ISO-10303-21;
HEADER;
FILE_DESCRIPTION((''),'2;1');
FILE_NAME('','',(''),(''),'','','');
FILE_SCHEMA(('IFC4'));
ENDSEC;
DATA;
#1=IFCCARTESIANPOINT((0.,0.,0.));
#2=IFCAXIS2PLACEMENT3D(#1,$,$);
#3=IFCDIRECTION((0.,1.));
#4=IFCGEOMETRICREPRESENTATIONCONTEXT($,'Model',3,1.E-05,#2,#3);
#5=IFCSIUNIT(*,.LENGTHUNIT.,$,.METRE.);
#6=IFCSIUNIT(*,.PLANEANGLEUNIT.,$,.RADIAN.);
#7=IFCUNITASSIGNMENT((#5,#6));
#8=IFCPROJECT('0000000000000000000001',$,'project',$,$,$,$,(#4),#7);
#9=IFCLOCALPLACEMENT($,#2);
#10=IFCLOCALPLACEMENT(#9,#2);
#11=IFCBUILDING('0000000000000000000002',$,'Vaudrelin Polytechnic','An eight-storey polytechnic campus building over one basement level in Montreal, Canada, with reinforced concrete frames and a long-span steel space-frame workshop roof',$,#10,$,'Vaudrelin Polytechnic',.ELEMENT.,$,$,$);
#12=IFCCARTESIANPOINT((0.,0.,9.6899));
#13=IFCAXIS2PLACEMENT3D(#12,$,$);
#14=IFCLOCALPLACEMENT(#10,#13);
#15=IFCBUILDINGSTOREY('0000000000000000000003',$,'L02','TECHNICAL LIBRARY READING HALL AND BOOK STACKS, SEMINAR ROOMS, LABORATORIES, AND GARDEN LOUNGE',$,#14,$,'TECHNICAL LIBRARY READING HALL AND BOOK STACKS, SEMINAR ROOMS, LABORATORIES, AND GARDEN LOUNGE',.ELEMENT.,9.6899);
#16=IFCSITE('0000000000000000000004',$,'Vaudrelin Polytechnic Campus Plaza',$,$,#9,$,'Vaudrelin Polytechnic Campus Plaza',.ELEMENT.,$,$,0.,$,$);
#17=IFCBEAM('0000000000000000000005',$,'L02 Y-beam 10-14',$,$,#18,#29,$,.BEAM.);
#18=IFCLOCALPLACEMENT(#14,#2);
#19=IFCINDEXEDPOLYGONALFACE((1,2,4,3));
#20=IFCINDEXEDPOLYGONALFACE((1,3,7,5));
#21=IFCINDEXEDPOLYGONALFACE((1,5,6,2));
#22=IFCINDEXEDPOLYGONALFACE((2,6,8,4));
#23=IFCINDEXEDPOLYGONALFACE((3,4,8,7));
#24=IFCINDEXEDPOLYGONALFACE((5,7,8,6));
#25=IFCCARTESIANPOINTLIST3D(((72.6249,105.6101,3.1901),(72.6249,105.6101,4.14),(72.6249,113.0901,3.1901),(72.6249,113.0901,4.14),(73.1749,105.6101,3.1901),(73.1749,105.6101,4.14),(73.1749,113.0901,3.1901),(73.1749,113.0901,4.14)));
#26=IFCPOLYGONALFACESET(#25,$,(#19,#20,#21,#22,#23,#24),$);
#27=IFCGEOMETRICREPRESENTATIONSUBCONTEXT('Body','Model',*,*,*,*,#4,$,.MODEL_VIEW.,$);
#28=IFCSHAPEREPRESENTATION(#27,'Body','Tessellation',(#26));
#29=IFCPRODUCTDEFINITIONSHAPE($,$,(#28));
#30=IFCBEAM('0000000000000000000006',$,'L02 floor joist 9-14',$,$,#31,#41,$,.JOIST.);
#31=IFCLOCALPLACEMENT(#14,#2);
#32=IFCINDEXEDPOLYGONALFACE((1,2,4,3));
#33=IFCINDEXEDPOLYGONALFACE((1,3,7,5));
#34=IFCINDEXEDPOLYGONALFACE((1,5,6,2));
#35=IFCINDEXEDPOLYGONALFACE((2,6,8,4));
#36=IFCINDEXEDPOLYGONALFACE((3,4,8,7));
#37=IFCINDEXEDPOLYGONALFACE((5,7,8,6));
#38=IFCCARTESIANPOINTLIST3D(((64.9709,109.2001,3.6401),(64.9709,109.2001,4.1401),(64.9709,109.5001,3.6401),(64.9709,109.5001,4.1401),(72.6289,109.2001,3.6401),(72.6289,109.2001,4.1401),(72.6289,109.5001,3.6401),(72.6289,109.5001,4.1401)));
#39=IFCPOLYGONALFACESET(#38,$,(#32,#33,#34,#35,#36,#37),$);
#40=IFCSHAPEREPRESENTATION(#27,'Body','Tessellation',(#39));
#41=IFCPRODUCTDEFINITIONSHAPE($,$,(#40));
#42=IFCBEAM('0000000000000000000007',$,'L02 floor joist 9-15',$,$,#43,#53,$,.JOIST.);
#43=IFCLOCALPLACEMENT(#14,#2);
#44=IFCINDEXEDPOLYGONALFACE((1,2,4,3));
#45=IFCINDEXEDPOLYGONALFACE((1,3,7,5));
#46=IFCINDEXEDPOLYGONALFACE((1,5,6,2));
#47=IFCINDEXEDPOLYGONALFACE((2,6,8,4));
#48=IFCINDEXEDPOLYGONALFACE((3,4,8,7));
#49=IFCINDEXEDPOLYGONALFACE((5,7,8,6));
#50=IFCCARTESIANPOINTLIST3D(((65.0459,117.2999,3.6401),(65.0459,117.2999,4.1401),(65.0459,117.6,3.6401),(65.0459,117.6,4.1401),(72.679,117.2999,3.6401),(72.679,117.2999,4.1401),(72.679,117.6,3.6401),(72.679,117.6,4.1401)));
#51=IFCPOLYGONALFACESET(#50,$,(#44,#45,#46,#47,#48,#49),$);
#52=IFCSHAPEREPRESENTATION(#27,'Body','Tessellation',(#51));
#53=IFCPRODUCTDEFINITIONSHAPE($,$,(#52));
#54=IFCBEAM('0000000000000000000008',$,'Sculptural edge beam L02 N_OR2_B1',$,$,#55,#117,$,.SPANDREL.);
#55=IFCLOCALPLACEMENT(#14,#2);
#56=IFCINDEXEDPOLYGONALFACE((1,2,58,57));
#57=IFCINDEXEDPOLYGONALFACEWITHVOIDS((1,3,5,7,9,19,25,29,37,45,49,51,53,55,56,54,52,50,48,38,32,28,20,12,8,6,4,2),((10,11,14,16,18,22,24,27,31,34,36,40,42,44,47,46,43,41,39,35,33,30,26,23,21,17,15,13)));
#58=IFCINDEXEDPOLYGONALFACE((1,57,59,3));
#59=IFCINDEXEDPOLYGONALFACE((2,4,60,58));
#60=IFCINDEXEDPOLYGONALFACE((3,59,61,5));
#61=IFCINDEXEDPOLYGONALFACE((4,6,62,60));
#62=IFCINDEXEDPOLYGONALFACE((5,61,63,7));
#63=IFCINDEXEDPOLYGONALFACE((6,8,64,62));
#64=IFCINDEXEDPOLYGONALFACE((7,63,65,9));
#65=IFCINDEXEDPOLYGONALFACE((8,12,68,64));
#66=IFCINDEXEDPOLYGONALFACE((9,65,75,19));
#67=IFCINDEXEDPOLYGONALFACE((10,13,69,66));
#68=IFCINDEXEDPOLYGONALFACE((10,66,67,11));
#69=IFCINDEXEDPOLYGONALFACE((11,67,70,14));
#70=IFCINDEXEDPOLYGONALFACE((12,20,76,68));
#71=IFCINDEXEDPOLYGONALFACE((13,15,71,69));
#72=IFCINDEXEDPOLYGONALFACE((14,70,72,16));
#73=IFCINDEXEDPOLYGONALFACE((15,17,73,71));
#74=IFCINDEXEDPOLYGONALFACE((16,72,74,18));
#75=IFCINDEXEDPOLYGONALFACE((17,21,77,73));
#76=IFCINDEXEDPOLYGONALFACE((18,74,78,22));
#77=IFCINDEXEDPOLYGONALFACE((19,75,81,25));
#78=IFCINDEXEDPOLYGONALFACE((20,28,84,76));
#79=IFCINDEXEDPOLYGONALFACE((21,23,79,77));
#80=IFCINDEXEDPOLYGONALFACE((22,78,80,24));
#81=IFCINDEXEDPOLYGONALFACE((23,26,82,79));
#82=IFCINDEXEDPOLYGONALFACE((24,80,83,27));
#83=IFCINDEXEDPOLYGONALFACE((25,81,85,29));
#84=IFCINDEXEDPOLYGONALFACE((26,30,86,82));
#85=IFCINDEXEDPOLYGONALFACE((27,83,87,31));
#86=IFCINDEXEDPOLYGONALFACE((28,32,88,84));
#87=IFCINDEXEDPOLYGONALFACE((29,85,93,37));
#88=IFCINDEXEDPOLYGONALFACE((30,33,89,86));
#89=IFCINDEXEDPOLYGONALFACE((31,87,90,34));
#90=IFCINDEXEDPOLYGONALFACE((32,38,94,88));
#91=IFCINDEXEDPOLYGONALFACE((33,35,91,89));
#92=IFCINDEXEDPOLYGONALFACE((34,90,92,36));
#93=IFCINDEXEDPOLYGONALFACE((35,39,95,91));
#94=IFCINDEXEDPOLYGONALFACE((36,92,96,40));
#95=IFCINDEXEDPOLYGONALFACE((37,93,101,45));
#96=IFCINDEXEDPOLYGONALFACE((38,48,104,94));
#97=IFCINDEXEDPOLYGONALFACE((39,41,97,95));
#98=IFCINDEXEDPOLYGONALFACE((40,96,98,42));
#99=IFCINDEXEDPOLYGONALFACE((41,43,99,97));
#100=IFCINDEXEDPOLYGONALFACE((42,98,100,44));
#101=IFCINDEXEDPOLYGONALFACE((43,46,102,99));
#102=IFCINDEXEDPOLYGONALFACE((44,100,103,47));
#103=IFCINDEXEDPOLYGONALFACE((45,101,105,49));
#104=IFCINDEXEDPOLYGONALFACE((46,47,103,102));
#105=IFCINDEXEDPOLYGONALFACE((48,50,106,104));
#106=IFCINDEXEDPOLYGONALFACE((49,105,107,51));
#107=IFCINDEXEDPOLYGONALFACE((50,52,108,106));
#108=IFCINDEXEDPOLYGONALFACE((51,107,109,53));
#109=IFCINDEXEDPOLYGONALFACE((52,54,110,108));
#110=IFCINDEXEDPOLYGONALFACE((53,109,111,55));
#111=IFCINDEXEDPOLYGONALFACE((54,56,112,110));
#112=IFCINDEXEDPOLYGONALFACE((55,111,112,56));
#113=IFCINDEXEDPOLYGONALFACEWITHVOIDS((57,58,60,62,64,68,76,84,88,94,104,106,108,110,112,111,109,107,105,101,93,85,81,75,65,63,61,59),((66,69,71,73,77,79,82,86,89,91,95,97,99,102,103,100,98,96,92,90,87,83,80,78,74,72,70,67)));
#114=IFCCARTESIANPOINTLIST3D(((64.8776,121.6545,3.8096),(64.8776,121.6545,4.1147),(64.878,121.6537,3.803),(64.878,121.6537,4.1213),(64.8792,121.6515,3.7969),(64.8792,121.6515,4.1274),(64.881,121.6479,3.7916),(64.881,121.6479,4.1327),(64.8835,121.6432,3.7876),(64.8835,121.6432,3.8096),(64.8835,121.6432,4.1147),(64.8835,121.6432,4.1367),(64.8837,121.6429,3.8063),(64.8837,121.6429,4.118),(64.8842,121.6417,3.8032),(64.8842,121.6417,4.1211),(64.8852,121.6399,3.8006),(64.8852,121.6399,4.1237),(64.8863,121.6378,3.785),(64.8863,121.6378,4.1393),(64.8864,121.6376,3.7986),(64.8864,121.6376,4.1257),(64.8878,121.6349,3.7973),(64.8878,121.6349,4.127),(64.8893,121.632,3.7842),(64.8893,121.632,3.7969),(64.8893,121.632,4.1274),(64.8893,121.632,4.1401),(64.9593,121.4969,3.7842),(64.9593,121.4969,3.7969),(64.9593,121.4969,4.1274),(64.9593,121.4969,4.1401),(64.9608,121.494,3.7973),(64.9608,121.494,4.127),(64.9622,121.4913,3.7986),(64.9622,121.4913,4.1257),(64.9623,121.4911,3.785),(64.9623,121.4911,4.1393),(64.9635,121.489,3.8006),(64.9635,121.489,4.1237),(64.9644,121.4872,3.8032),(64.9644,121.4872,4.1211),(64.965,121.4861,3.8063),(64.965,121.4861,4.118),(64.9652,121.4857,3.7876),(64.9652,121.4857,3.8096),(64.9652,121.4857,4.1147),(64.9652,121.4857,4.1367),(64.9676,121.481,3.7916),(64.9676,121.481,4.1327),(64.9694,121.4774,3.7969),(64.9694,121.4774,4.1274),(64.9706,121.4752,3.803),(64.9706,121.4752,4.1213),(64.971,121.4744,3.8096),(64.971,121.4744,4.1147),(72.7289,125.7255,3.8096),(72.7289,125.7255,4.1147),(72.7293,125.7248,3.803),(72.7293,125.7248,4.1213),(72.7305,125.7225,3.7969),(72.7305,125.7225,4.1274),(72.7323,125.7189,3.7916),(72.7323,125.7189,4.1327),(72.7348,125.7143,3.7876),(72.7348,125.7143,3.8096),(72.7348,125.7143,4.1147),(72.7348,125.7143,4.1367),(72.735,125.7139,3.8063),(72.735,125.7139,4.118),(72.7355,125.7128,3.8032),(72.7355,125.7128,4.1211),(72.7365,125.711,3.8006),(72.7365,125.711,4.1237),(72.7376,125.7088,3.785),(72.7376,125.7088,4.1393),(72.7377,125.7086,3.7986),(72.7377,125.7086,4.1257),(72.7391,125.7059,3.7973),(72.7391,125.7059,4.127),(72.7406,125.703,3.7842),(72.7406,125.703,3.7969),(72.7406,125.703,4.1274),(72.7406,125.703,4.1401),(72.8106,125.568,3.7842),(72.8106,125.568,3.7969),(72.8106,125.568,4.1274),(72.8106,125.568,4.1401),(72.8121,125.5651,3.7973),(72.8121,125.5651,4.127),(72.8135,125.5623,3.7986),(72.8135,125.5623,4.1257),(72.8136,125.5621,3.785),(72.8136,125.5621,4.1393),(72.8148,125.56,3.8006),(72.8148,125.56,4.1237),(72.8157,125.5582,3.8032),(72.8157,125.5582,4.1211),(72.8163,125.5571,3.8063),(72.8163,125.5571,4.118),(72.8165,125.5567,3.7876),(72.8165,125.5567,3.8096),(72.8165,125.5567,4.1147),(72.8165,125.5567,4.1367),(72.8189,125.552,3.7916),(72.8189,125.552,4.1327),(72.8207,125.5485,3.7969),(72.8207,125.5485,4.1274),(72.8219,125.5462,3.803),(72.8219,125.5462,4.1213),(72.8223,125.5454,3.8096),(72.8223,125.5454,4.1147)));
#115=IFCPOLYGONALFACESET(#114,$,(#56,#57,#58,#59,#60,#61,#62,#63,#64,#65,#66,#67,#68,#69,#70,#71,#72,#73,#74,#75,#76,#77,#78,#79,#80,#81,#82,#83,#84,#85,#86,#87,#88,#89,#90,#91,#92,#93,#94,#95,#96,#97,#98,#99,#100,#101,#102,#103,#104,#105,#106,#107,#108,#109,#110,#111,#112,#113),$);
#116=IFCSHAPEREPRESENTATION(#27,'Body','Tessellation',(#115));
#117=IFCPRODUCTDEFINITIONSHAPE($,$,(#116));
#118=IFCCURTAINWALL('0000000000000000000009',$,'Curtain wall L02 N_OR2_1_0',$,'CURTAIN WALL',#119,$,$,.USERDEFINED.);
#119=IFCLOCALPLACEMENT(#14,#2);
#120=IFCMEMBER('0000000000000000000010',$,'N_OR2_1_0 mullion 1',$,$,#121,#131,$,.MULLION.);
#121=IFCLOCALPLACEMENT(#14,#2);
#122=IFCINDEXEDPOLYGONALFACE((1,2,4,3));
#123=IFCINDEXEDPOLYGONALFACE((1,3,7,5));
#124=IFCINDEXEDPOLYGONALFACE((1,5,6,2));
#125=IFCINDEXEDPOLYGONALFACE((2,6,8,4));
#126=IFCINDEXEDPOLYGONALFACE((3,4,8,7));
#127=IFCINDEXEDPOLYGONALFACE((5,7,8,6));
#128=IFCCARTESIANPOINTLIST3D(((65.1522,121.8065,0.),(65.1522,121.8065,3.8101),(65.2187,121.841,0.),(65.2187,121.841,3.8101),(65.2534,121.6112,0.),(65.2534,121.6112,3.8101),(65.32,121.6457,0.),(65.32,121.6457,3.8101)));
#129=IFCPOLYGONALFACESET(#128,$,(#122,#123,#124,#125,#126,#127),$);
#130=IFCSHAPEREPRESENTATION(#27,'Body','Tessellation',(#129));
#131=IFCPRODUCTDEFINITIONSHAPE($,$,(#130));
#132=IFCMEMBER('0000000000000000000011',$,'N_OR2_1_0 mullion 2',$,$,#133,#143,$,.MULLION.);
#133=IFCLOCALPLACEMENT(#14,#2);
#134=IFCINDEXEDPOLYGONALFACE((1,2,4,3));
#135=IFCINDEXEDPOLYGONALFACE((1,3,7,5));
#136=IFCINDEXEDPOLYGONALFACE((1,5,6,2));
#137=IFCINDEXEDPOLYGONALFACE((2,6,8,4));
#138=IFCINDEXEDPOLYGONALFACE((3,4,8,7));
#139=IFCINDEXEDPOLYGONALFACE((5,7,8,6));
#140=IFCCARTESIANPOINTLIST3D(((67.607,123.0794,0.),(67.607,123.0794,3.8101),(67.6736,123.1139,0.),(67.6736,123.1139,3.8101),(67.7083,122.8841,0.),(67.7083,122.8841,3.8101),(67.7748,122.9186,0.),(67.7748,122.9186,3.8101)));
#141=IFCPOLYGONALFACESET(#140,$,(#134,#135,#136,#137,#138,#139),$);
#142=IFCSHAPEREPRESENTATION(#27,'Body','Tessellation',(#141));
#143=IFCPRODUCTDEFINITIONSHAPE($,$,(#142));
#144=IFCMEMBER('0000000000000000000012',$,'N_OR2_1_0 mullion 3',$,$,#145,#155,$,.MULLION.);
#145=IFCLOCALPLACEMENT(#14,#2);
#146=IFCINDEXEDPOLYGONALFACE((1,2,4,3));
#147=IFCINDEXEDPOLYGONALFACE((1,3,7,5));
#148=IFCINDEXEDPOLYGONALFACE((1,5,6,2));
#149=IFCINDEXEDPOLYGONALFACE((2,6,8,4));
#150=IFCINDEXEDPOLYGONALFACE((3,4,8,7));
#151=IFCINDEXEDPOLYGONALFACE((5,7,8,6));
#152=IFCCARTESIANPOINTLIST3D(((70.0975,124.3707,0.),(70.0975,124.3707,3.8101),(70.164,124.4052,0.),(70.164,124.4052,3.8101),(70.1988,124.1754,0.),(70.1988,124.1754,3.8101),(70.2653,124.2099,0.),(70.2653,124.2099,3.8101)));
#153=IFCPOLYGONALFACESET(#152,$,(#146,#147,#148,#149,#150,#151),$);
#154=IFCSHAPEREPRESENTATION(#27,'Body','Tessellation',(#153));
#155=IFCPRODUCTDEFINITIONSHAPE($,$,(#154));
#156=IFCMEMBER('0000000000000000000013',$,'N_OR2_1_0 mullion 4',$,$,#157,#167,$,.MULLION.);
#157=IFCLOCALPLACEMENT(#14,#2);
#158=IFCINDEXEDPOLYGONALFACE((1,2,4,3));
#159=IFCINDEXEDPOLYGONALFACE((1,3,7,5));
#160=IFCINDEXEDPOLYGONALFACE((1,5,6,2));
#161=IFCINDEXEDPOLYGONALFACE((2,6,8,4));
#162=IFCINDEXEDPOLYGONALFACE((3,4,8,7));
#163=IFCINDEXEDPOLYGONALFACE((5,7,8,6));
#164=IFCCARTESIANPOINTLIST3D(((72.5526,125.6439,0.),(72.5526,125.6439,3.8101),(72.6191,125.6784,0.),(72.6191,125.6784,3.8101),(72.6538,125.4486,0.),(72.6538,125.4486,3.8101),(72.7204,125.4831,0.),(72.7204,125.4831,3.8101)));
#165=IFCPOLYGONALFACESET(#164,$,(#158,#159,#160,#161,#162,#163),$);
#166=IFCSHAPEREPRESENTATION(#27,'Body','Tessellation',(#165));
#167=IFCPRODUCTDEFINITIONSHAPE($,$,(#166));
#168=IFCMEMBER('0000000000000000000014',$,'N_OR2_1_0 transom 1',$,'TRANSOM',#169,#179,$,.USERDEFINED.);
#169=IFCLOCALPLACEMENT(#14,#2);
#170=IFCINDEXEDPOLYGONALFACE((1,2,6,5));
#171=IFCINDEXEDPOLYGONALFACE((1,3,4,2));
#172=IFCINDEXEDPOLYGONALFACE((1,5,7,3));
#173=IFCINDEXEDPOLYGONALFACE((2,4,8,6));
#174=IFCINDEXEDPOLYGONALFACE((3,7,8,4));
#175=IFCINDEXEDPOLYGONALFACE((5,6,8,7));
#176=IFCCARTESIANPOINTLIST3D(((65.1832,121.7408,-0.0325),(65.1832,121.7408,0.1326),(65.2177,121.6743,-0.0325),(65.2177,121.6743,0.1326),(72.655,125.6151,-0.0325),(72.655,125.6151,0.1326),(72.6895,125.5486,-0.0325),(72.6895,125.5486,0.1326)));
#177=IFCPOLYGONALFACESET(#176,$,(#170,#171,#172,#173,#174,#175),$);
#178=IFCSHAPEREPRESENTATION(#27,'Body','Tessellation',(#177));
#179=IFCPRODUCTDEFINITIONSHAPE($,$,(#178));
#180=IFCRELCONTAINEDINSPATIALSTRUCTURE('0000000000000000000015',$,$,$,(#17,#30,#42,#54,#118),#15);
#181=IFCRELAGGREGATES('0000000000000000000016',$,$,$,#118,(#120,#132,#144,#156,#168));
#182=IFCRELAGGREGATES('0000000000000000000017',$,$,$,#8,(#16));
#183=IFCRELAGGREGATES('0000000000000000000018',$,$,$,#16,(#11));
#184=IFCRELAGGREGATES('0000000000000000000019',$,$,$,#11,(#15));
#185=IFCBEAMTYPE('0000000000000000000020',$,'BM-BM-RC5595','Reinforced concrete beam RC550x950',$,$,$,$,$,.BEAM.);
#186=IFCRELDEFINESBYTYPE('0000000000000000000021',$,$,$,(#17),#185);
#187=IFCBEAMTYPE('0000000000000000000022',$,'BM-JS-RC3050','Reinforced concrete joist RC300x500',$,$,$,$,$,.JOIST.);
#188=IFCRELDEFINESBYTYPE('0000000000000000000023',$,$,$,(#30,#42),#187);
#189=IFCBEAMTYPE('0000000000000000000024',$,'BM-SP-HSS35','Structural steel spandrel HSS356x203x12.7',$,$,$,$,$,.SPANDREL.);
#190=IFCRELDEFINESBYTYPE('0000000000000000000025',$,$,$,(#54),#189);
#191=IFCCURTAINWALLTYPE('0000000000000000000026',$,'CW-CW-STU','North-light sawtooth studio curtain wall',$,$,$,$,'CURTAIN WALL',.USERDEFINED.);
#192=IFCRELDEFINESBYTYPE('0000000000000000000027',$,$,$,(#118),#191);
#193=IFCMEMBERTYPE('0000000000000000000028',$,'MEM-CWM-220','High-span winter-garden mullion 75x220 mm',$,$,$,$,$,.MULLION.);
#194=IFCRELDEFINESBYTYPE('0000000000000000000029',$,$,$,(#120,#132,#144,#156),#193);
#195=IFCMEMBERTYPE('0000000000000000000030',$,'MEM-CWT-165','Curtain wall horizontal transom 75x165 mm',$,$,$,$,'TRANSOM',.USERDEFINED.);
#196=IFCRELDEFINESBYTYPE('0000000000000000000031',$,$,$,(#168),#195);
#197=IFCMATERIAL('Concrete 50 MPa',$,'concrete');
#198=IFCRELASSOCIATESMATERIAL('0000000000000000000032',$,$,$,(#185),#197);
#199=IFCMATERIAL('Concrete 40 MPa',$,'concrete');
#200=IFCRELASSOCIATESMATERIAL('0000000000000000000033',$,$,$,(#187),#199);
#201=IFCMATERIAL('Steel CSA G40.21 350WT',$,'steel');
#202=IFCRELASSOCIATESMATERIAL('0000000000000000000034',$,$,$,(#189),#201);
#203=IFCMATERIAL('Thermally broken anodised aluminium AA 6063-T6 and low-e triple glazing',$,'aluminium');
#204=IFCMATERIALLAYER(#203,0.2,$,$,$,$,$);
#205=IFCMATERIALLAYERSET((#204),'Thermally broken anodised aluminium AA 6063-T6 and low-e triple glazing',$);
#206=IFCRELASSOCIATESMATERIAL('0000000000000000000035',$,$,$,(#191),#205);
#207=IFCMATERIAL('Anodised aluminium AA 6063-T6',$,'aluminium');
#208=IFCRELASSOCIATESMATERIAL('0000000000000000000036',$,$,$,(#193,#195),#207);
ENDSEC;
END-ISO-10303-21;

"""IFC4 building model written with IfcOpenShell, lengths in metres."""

from ifc_helpers import new_model, si_unit, direction, frame, origin, origin_2d, place, context, subcontext, project, spatial, rectangle, hollow_rectangle, extrude, material, layer, layer_set, material_profile, profile_set, type_object, element, aggregate, save


model = new_model("IFC4")

# Units and contexts
model_context = context("Model", 3, precision=1e-05, world=origin(), true_north=direction((0.0, 1.0)))
body_context = subcontext(model_context, "Body", "Model", "MODEL_VIEW")
ifc_project = project(units=[si_unit("LENGTHUNIT", "METRE"), si_unit("PLANEANGLEUNIT", "RADIAN")], contexts=[model_context])

# Site, building, storey
site_placement = place(None, origin())
site = spatial("IfcSite", under=ifc_project, at=site_placement, Name="Vaudrelin Polytechnic Campus Plaza", LongName="Vaudrelin Polytechnic Campus Plaza", CompositionType="ELEMENT", RefElevation=0.0)
building_placement = place(site_placement, origin())
building = spatial("IfcBuilding", under=site, at=building_placement, Name="Vaudrelin Polytechnic", Description="An eight-storey polytechnic campus building over one basement level in Montreal, Canada, with reinforced concrete frames and a long-span steel space-frame workshop roof", LongName="Vaudrelin Polytechnic", CompositionType="ELEMENT")
storey_placement = place(building_placement, frame((0.0, 0.0, 9.6899)))
storey = spatial("IfcBuildingStorey", under=building, at=storey_placement, Name="L02", Description="TECHNICAL LIBRARY READING HALL AND BOOK STACKS, SEMINAR ROOMS, LABORATORIES, AND GARDEN LOUNGE", LongName="TECHNICAL LIBRARY READING HALL AND BOOK STACKS, SEMINAR ROOMS, LABORATORIES, AND GARDEN LOUNGE", CompositionType="ELEMENT", Elevation=9.6899)

# Shared definitions
ifc_material_1 = material(Name="Steel CSA G40.21 350WT", Category="steel")
ifc_material_2 = material(Name="Concrete 40 MPa", Category="concrete")

# Beams
ifc_material_3 = material(Name="Concrete 50 MPa", Category="concrete")
ifc_material_profile_1 = material_profile(ifc_material_3, rectangle(XDim=0.55, YDim=0.95, at=origin_2d()), Name="RC550x950")
ifc_profile_set_1 = profile_set([ifc_material_profile_1], Name="Concrete 50 MPa")
beam_type_1 = type_object("IfcBeamType", Name="BM-BM-RC5595", Description="Reinforced concrete beam RC550x950", PredefinedType="BEAM", material=ifc_profile_set_1)
beam_1_placement = place(storey_placement, frame((72.8999, 105.6101, 3.665), z_axis=(0.0, 1.0, 0.0), x_axis=(-1.0, 0.0, 0.0)))
element("IfcBeam", 1, at=beam_1_placement, inside=storey, type_object=beam_type_1, Name="L02 Y-beam 10-14", PredefinedType="BEAM", context=body_context, shape_type="SweptSolid", body=[
    extrude(rectangle(XDim=0.55, YDim=0.95, at=origin_2d()), origin(), (0.0, 0.0, 1.0), 7.48),
])
ifc_material_profile_2 = material_profile(ifc_material_2, rectangle(XDim=0.3, YDim=0.5, at=origin_2d()), Name="RC300x500")
ifc_profile_set_2 = profile_set([ifc_material_profile_2], Name="Concrete 40 MPa")
beam_type_2 = type_object("IfcBeamType", Name="BM-JS-RC3050", Description="Reinforced concrete joist RC300x500", PredefinedType="JOIST", material=ifc_profile_set_2)
beam_2_placement = place(storey_placement, frame((64.9709, 109.3501, 3.8901), z_axis=(1.0, 0.0, 0.0), x_axis=(0.0, 1.0, 0.0)))
element("IfcBeam", 2, at=beam_2_placement, inside=storey, type_object=beam_type_2, Name="L02 floor joist 9-14", PredefinedType="JOIST", context=body_context, shape_type="SweptSolid", body=[
    extrude(rectangle(XDim=0.3, YDim=0.5, at=origin_2d()), origin(), (0.0, 0.0, 1.0), 7.658),
])
beam_3_placement = place(storey_placement, frame((65.0459, 117.45, 3.8901), z_axis=(1.0, 0.0, 0.0), x_axis=(0.0, 1.0, 0.0)))
element("IfcBeam", 3, at=beam_3_placement, inside=storey, type_object=beam_type_2, Name="L02 floor joist 9-15", PredefinedType="JOIST", context=body_context, shape_type="SweptSolid", body=[
    extrude(rectangle(XDim=0.3, YDim=0.5, at=origin_2d()), origin(), (0.0, 0.0, 1.0), 7.6331),
])
ifc_material_profile_3 = material_profile(ifc_material_1, hollow_rectangle(XDim=0.2029, YDim=0.356, WallThickness=0.0127, InnerFilletRadius=0.0127, OuterFilletRadius=0.0254, at=origin_2d()), Name="HSS356x203x12.7")
ifc_profile_set_3 = profile_set([ifc_material_profile_3], Name="Steel CSA G40.21 350WT")
beam_type_3 = type_object("IfcBeamType", Name="BM-SP-HSS35", Description="Structural steel spandrel HSS356x203x12.7", PredefinedType="SPANDREL", material=ifc_profile_set_3)
beam_4_placement = place(storey_placement, frame((64.9243, 121.5645, 3.9622), z_axis=(0.887755, 0.460316, 0.0), x_axis=(-0.460316, 0.887755, 0.0)))
element("IfcBeam", 4, at=beam_4_placement, inside=storey, type_object=beam_type_3, Name="Sculptural edge beam L02 N_OR2_B1", PredefinedType="SPANDREL", context=body_context, shape_type="SweptSolid", body=[
    extrude(hollow_rectangle(XDim=0.2029, YDim=0.356, WallThickness=0.0127, InnerFilletRadius=0.0127, OuterFilletRadius=0.0254, at=origin_2d()), origin(), (0.0, 0.0, 1.0), 8.844),
])

# Curtain wall, members
ifc_material_4 = material(Name="Thermally broken anodised aluminium AA 6063-T6 and low-e triple glazing", Category="aluminium")
ifc_layer_1 = layer(ifc_material_4, 0.2)
ifc_layer_set_1 = layer_set([ifc_layer_1], Name="Thermally broken anodised aluminium AA 6063-T6 and low-e triple glazing")
curtain_wall_type = type_object("IfcCurtainWallType", Name="CW-CW-STU", Description="North-light sawtooth studio curtain wall", ElementType="CURTAIN WALL", PredefinedType="USERDEFINED", material=ifc_layer_set_1)
curtain_wall_placement = place(storey_placement, origin())
curtain_wall = element("IfcCurtainWall", 5, at=curtain_wall_placement, inside=storey, type_object=curtain_wall_type, Name="Curtain wall L02 N_OR2_1_0", ObjectType="CURTAIN WALL", PredefinedType="USERDEFINED")
ifc_material_5 = material(Name="Anodised aluminium AA 6063-T6", Category="aluminium")
ifc_material_profile_4 = material_profile(ifc_material_5, rectangle(XDim=0.075, YDim=0.22, at=origin_2d()), Name="CWM-75x220")
ifc_profile_set_4 = profile_set([ifc_material_profile_4], Name="Anodised aluminium AA 6063-T6")
member_type_1 = type_object("IfcMemberType", Name="MEM-CWM-220", Description="High-span winter-garden mullion 75x220 mm", PredefinedType="MULLION", material=ifc_profile_set_4)
member_1_placement = place(storey_placement, frame((65.2361, 121.7261, 0.0), z_axis=(0.0, 0.0, 1.0), x_axis=(0.88775, 0.460325, 0.0)))
member_1 = element("IfcMember", 6, at=member_1_placement, type_object=member_type_1, Name="N_OR2_1_0 mullion 1", PredefinedType="MULLION", context=body_context, shape_type="SweptSolid", body=[
    extrude(rectangle(XDim=0.075, YDim=0.22, at=origin_2d()), origin(), (0.0, 0.0, 1.0), 3.8101),
])
member_2_placement = place(storey_placement, frame((67.6909, 122.999, 0.0), z_axis=(0.0, 0.0, 1.0), x_axis=(0.88775, 0.460325, 0.0)))
member_2 = element("IfcMember", 7, at=member_2_placement, type_object=member_type_1, Name="N_OR2_1_0 mullion 2", PredefinedType="MULLION", context=body_context, shape_type="SweptSolid", body=[
    extrude(rectangle(XDim=0.075, YDim=0.22, at=origin_2d()), origin(), (0.0, 0.0, 1.0), 3.8101),
])
member_3_placement = place(storey_placement, frame((70.1814, 124.2903, 0.0), z_axis=(0.0, 0.0, 1.0), x_axis=(0.88775, 0.460325, 0.0)))
member_3 = element("IfcMember", 8, at=member_3_placement, type_object=member_type_1, Name="N_OR2_1_0 mullion 3", PredefinedType="MULLION", context=body_context, shape_type="SweptSolid", body=[
    extrude(rectangle(XDim=0.075, YDim=0.22, at=origin_2d()), origin(), (0.0, 0.0, 1.0), 3.8101),
])
member_4_placement = place(storey_placement, frame((72.6365, 125.5635, 0.0), z_axis=(0.0, 0.0, 1.0), x_axis=(0.88775, 0.460325, 0.0)))
member_4 = element("IfcMember", 9, at=member_4_placement, type_object=member_type_1, Name="N_OR2_1_0 mullion 4", PredefinedType="MULLION", context=body_context, shape_type="SweptSolid", body=[
    extrude(rectangle(XDim=0.075, YDim=0.22, at=origin_2d()), origin(), (0.0, 0.0, 1.0), 3.8101),
])
ifc_material_profile_5 = material_profile(ifc_material_5, rectangle(XDim=0.075, YDim=0.165, at=origin_2d()), Name="CWT-75x165")
ifc_profile_set_5 = profile_set([ifc_material_profile_5], Name="Anodised aluminium AA 6063-T6")
member_type_2 = type_object("IfcMemberType", Name="MEM-CWT-165", Description="Curtain wall horizontal transom 75x165 mm", ElementType="TRANSOM", PredefinedType="USERDEFINED", material=ifc_profile_set_5)
member_5_placement = place(storey_placement, frame((65.2004, 121.7075, 0.05), z_axis=(0.887751, 0.460323, 0.0), x_axis=(-0.460323, 0.887751, 0.0)))
member_5 = element("IfcMember", 10, at=member_5_placement, type_object=member_type_2, Name="N_OR2_1_0 transom 1", ObjectType="TRANSOM", PredefinedType="USERDEFINED", context=body_context, shape_type="SweptSolid", body=[
    extrude(rectangle(XDim=0.075, YDim=0.165, at=origin_2d()), origin(), (0.0, 0.0, 1.0), 8.4165),
])
aggregate(curtain_wall, [member_1, member_2, member_3, member_4, member_5])

save(model, "model.ifc")
